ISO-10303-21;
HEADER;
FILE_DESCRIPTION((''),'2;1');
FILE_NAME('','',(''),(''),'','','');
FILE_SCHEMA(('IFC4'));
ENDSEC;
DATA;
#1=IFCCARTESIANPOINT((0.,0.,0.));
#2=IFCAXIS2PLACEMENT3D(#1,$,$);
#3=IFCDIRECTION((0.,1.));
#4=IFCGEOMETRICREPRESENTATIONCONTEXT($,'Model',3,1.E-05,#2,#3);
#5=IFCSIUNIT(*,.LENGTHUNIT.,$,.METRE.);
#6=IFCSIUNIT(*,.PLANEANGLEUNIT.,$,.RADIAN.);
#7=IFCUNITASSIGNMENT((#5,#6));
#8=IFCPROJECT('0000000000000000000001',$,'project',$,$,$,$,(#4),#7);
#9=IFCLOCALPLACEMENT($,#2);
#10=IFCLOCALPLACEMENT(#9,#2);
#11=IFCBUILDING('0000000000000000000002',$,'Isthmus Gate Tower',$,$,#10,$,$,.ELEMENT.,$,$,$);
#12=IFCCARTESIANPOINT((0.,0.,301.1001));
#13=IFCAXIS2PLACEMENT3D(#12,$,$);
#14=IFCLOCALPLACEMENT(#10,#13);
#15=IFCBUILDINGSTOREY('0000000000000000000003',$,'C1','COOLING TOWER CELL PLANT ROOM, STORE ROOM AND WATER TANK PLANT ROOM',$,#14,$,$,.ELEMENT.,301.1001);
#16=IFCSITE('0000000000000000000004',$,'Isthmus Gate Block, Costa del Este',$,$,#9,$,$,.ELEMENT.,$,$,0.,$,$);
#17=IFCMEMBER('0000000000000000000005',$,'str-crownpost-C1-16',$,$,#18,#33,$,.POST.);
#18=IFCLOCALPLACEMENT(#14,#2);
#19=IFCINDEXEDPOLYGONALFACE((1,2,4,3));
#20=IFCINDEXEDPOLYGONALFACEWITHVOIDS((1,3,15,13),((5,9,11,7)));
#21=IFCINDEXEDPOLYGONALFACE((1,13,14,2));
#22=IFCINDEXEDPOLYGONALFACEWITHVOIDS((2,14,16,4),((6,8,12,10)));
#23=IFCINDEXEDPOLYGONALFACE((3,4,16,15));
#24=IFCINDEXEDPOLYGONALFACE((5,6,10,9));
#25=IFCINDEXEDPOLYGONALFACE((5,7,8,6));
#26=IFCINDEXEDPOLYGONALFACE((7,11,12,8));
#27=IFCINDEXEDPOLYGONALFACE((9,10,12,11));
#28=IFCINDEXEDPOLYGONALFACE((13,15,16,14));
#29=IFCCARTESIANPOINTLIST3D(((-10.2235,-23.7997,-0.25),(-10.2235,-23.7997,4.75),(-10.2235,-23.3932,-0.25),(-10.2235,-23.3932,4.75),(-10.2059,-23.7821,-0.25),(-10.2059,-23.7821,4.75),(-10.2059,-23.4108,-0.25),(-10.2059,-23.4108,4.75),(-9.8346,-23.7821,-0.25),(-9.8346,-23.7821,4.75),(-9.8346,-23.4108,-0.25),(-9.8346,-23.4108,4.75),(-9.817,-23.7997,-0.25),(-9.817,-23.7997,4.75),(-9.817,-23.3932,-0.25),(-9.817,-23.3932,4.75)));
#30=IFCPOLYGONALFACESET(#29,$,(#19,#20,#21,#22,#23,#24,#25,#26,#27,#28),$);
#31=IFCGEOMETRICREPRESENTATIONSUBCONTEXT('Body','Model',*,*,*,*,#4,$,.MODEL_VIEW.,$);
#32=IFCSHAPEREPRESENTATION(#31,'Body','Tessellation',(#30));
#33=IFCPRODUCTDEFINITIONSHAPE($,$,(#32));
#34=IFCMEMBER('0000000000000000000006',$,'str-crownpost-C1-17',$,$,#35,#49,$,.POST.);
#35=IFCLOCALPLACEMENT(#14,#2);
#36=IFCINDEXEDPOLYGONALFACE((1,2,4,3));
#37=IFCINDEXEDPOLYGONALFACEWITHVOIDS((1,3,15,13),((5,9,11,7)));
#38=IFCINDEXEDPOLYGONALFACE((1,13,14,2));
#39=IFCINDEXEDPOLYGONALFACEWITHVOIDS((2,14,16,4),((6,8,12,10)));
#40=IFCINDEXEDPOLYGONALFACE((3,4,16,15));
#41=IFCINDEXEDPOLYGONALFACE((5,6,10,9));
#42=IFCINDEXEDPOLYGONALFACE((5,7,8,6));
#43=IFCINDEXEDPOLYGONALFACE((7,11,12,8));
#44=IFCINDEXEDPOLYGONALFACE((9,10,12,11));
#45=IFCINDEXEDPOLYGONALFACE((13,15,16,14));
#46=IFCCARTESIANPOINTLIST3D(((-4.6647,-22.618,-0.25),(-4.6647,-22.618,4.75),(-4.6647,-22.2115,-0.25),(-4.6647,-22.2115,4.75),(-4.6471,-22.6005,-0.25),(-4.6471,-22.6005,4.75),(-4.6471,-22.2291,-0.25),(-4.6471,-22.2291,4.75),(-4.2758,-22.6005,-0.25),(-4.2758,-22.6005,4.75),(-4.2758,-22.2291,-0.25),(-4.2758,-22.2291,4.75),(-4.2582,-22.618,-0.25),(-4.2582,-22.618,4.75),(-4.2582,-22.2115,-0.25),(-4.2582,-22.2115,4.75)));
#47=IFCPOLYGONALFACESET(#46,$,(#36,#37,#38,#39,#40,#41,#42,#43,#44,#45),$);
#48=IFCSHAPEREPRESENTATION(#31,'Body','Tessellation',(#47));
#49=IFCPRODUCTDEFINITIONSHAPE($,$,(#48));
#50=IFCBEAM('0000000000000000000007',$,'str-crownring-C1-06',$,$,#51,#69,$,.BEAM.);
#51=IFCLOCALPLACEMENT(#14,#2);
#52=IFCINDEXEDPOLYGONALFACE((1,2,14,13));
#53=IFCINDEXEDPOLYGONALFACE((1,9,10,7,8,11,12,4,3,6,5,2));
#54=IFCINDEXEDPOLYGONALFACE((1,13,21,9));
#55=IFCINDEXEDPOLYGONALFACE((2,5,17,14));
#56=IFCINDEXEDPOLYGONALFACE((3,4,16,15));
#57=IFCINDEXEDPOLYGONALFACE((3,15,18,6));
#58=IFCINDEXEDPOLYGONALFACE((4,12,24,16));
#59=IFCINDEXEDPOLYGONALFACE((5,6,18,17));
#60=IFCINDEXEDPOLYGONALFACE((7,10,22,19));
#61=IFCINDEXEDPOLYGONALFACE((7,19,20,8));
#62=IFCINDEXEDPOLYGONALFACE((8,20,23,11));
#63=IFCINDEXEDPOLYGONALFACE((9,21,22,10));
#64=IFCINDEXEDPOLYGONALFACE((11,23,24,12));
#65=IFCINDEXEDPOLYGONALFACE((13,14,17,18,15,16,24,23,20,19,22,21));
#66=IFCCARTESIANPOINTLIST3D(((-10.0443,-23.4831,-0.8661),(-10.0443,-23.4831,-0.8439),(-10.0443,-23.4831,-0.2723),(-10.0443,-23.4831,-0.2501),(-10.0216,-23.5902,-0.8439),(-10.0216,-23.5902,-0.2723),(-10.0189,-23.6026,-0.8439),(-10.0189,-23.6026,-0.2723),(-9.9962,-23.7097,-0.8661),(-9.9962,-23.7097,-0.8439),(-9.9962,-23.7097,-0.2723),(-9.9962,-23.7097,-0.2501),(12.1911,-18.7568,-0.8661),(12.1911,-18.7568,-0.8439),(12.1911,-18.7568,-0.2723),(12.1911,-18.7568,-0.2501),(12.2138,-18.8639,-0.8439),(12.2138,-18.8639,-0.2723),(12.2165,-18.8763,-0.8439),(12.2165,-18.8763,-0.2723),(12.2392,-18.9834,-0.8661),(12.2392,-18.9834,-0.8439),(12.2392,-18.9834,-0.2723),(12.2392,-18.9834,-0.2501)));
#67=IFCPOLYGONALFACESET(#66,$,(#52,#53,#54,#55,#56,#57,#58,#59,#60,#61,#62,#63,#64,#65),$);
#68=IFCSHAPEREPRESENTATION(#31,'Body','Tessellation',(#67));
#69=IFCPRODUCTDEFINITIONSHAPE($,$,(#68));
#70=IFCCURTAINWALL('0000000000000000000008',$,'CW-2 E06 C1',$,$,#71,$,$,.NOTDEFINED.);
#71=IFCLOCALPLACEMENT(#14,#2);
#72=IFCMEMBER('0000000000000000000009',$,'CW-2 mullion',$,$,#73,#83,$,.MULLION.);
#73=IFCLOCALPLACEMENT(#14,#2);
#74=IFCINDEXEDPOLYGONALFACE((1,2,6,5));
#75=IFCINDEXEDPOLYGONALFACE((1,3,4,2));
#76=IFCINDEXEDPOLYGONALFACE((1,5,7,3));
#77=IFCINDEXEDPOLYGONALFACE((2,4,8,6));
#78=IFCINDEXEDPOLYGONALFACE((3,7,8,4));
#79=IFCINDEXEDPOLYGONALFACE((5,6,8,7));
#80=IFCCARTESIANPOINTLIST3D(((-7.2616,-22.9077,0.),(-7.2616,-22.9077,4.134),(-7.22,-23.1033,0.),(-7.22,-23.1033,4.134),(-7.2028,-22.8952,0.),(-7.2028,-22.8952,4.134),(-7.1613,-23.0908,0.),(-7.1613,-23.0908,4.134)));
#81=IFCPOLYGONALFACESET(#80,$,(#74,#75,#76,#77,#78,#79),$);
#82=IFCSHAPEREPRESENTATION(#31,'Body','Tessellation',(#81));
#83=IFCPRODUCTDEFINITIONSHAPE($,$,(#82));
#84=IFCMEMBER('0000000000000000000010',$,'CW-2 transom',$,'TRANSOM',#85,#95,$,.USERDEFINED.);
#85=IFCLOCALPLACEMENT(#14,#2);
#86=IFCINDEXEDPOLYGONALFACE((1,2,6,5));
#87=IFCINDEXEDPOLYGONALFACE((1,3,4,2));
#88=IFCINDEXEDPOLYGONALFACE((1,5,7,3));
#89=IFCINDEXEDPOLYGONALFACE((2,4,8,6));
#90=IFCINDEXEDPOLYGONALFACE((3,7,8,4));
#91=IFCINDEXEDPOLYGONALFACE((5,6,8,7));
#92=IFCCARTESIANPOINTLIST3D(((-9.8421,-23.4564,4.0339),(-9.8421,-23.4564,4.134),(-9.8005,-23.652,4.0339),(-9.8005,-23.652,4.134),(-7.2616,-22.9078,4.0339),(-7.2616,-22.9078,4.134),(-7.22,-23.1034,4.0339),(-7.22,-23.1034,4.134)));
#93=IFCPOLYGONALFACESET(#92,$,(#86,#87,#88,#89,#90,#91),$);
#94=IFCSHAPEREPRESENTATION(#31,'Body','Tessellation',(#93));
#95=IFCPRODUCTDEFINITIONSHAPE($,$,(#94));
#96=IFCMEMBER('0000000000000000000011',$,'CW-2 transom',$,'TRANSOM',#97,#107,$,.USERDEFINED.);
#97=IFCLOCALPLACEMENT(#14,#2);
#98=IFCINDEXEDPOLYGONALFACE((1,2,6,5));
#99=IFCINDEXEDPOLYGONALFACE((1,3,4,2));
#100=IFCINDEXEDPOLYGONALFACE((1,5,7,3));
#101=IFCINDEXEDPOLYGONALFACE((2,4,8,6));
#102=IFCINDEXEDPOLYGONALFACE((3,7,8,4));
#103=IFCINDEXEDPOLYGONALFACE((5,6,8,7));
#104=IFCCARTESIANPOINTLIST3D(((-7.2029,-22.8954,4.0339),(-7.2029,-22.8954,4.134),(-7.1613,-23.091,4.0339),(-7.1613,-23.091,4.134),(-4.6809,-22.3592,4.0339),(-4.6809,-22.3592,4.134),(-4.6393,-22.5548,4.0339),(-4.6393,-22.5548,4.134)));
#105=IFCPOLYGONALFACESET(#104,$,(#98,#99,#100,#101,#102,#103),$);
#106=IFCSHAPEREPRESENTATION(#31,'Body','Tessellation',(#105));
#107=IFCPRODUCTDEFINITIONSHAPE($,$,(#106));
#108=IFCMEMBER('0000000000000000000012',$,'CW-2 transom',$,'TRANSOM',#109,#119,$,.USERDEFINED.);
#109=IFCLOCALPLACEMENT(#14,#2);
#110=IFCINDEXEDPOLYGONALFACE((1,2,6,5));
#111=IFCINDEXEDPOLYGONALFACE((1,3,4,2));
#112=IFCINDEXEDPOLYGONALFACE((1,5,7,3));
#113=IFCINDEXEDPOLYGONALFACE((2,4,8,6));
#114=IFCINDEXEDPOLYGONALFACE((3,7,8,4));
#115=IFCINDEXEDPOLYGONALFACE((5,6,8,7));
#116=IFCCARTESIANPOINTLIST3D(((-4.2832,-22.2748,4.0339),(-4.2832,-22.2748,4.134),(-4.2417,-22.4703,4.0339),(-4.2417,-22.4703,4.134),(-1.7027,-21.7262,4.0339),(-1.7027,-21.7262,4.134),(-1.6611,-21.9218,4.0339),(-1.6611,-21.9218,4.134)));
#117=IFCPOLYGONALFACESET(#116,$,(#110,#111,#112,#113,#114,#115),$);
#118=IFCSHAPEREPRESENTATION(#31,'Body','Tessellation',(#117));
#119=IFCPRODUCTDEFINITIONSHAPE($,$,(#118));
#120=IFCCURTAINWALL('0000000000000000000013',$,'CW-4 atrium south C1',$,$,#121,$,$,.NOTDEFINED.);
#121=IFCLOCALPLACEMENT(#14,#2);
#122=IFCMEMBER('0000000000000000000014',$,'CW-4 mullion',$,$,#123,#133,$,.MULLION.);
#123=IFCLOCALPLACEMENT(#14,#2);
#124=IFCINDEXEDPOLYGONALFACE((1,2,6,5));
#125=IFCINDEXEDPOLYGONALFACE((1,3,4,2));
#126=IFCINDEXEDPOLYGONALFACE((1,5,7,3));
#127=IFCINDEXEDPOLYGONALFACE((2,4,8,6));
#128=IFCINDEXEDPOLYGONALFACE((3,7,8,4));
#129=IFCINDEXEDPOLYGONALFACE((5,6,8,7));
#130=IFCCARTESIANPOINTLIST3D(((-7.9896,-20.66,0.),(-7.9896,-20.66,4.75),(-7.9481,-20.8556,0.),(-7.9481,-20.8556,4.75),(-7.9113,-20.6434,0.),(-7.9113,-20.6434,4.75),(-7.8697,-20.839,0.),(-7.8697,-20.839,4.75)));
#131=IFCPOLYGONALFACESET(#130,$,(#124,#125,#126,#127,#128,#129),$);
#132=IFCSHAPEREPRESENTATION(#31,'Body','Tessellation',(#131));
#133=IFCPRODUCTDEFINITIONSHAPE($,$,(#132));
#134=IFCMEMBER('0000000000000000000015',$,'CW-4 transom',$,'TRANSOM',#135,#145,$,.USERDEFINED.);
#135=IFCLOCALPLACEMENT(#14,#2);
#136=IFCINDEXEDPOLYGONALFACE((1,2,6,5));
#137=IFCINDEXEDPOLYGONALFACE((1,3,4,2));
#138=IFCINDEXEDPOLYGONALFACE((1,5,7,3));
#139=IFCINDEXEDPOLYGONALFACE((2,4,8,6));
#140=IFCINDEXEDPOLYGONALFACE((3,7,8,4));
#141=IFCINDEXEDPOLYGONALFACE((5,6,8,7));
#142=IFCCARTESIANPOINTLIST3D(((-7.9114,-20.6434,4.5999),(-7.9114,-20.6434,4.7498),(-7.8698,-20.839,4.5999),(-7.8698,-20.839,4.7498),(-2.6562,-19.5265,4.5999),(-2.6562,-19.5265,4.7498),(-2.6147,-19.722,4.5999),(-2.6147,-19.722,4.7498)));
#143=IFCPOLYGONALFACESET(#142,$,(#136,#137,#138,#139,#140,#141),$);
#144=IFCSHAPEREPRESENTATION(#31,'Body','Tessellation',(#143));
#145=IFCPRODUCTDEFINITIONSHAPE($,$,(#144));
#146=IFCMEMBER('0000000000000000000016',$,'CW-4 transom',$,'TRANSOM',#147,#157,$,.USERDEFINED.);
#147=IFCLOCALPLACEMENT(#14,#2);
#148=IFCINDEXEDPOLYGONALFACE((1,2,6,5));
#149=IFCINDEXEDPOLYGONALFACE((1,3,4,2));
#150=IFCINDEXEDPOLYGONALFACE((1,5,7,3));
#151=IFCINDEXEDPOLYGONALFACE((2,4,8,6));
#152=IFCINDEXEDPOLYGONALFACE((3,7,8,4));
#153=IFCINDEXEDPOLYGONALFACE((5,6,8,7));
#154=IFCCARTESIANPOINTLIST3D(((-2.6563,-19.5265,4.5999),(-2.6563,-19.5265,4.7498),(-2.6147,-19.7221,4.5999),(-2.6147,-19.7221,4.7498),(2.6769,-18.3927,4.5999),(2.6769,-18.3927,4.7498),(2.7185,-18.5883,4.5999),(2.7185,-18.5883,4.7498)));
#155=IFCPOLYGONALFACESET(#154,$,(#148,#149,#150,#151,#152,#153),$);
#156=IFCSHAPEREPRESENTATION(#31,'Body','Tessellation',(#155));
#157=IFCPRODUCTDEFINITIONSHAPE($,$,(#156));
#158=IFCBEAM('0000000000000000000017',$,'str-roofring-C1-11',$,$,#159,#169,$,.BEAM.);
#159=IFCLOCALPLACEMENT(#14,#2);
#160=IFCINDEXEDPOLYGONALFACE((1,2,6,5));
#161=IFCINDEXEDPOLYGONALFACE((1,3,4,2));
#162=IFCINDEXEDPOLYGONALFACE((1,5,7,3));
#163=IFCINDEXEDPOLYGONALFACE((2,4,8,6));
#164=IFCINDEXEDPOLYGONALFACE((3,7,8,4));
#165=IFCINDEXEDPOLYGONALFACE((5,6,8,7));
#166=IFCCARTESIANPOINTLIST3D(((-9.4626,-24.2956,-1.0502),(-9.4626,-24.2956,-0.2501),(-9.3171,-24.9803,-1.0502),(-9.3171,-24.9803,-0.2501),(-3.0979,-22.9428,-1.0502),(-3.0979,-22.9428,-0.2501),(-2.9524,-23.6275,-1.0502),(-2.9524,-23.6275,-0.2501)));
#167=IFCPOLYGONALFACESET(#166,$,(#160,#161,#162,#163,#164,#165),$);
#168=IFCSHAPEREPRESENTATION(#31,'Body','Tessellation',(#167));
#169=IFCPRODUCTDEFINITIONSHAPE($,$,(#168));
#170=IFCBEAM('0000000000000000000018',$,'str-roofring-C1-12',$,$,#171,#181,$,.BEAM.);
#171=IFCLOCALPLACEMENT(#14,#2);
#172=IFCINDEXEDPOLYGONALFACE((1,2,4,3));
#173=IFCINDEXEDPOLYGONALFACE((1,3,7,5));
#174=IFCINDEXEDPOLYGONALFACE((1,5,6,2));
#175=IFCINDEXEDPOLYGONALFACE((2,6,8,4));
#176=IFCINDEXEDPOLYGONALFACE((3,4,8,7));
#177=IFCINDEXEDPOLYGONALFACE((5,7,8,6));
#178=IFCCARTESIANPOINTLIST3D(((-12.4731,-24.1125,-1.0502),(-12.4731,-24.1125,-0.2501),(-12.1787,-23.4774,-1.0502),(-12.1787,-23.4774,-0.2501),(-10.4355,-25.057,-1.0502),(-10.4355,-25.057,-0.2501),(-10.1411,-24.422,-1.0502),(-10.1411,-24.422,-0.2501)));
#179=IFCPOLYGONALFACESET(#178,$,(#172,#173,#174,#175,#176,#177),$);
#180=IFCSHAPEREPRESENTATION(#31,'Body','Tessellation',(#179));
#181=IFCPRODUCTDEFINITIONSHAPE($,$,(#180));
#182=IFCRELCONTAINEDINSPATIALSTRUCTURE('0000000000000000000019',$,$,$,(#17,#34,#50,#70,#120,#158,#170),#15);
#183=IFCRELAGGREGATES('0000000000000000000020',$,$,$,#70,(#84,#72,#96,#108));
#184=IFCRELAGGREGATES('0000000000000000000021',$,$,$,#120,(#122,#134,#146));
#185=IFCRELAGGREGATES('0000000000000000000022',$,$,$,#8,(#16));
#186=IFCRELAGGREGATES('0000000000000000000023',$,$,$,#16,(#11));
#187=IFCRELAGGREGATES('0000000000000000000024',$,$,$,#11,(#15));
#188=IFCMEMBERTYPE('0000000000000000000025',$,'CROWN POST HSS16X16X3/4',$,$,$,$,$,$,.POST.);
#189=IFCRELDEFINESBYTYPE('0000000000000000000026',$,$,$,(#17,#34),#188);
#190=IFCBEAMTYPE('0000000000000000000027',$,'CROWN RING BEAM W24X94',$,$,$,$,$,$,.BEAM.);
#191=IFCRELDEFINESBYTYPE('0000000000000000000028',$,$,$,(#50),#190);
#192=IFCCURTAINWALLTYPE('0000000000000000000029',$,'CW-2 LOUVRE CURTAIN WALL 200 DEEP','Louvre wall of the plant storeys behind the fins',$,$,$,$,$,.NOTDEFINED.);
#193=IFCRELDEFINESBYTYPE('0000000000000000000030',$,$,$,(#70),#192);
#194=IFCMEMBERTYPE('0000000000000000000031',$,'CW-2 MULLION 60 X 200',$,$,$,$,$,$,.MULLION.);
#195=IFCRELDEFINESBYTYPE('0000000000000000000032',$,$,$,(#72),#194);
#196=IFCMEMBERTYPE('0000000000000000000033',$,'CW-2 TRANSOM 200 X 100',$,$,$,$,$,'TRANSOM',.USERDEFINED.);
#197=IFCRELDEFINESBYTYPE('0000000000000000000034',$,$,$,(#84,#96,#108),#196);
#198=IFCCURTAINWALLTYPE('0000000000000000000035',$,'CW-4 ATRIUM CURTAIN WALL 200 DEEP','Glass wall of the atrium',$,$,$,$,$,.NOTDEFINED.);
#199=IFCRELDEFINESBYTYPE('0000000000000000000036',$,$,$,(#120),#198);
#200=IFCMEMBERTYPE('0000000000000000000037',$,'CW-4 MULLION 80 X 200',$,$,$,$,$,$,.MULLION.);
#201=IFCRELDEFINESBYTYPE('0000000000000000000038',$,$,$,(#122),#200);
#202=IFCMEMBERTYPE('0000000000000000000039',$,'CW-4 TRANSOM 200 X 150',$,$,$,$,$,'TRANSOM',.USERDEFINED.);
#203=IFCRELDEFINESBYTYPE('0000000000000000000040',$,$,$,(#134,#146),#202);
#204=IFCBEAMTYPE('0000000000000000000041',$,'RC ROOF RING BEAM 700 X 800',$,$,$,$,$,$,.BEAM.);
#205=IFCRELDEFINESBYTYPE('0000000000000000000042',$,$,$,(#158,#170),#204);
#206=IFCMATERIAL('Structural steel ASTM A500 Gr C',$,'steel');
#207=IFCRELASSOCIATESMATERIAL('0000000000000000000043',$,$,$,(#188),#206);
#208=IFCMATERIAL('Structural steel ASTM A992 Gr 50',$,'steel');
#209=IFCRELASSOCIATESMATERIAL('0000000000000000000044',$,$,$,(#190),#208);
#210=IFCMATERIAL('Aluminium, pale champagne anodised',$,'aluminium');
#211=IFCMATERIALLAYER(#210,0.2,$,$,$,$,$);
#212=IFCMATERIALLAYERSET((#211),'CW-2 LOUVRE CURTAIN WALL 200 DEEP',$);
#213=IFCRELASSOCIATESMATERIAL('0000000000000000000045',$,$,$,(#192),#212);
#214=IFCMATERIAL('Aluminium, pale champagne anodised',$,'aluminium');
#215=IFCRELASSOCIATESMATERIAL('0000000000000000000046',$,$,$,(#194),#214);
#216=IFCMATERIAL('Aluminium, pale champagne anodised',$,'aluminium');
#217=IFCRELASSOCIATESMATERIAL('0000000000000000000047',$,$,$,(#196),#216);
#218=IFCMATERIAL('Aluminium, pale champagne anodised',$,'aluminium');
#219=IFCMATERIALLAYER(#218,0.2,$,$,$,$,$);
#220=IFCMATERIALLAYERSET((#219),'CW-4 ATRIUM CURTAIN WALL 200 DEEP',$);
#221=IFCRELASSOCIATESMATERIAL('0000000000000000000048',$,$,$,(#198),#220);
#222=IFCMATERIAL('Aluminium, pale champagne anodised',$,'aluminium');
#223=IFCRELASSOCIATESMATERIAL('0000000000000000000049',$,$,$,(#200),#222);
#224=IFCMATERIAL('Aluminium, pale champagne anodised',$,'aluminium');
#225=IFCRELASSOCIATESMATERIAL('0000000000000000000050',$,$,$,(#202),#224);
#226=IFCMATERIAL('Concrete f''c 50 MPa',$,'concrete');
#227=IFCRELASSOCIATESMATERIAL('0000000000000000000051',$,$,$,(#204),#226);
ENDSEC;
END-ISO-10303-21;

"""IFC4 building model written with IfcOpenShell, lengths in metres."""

from ifc_helpers import new_model, si_unit, direction, frame, origin, origin_2d, place, context, subcontext, project, spatial, rectangle, hollow_rectangle, i_section, extrude, material, layer, layer_set, material_profile, profile_set, type_object, element, aggregate, save


model = new_model("IFC4")

# Units and contexts
model_context = context("Model", 3, precision=1e-05, world=origin(), true_north=direction((0.0, 1.0)))
body_context = subcontext(model_context, "Body", "Model", "MODEL_VIEW")
ifc_project = project(units=[si_unit("LENGTHUNIT", "METRE"), si_unit("PLANEANGLEUNIT", "RADIAN")], contexts=[model_context])

# Site, building, storey
site_placement = place(None, origin())
site = spatial("IfcSite", under=ifc_project, at=site_placement, Name="Isthmus Gate Block, Costa del Este", CompositionType="ELEMENT", RefElevation=0.0)
building_placement = place(site_placement, origin())
building = spatial("IfcBuilding", under=site, at=building_placement, Name="Isthmus Gate Tower", CompositionType="ELEMENT")
storey_placement = place(building_placement, frame((0.0, 0.0, 301.1001)))
storey = spatial("IfcBuildingStorey", under=building, at=storey_placement, Name="C1", Description="COOLING TOWER CELL PLANT ROOM, STORE ROOM AND WATER TANK PLANT ROOM", CompositionType="ELEMENT", Elevation=301.1001)

# Members
ifc_material_1 = material(Name="Structural steel ASTM A500 Gr C", Category="steel")
ifc_material_profile_1 = material_profile(ifc_material_1, hollow_rectangle(XDim=0.4065, YDim=0.4065, WallThickness=0.0176, at=origin_2d()), Name="HSS16X16X3/4")
ifc_profile_set_1 = profile_set([ifc_material_profile_1], Name="Structural steel ASTM A500 Gr C")
member_type_1 = type_object("IfcMemberType", Name="CROWN POST HSS16X16X3/4", PredefinedType="POST", material=ifc_profile_set_1)
for number, where, z_axis, x_axis, name in (
    (1, (-10.0203, -23.5964, -0.25), (0.0, 0.0, 1.0), (1.0, 0.0, 0.0), "str-crownpost-C1-16"),
    (2, (-4.4614, -22.4148, -0.25), (0.0, 0.0, 1.0), (1.0, 0.0, 0.0), "str-crownpost-C1-17"),
):
    element("IfcMember", number, at=place(storey_placement, frame(where, z_axis=z_axis, x_axis=x_axis)), inside=storey, type_object=member_type_1, Name=name, PredefinedType="POST", context=body_context, shape_type="SweptSolid", body=[
        extrude(hollow_rectangle(XDim=0.4065, YDim=0.4065, WallThickness=0.0176, at=origin_2d()), origin(), (0.0, 0.0, 1.0), 5.0),
    ])

# Beam
ifc_material_2 = material(Name="Structural steel ASTM A992 Gr 50", Category="steel")
ifc_material_profile_2 = material_profile(ifc_material_2, i_section(OverallWidth=0.2317, OverallDepth=0.616, WebThickness=0.0127, FlangeThickness=0.0222, at=origin_2d()), Name="W24X94")
ifc_profile_set_2 = profile_set([ifc_material_profile_2], Name="Structural steel ASTM A992 Gr 50")
beam_type_1 = type_object("IfcBeamType", Name="CROWN RING BEAM W24X94", PredefinedType="BEAM", material=ifc_profile_set_2)
beam_1_placement = place(storey_placement, frame((-10.0203, -23.5964, -0.5581), z_axis=(0.978147, 0.207914, 0.0), x_axis=(-0.207914, 0.978147, 0.0)))
element("IfcBeam", 3, at=beam_1_placement, inside=storey, type_object=beam_type_1, Name="str-crownring-C1-06", PredefinedType="BEAM", context=body_context, shape_type="SweptSolid", body=[
    extrude(i_section(OverallWidth=0.2317, OverallDepth=0.616, WebThickness=0.0127, FlangeThickness=0.0222, at=origin_2d()), origin(), (0.0, 0.0, 1.0), 22.7322),
])

# Curtain walls, members
ifc_material_3 = material(Name="Aluminium, pale champagne anodised", Category="aluminium")
ifc_layer_1 = layer(ifc_material_3, 0.2)
ifc_layer_set_1 = layer_set([ifc_layer_1], Name="CW-2 LOUVRE CURTAIN WALL 200 DEEP")
curtain_wall_type_1 = type_object("IfcCurtainWallType", Name="CW-2 LOUVRE CURTAIN WALL 200 DEEP", Description="Louvre wall of the plant storeys behind the fins", PredefinedType="NOTDEFINED", material=ifc_layer_set_1)
curtain_wall_1_placement = place(storey_placement, origin())
curtain_wall_1 = element("IfcCurtainWall", 4, at=curtain_wall_1_placement, inside=storey, type_object=curtain_wall_type_1, Name="CW-2 E06 C1", PredefinedType="NOTDEFINED")
ifc_material_4 = material(Name="Aluminium, pale champagne anodised", Category="aluminium")
ifc_material_profile_3 = material_profile(ifc_material_4, rectangle(XDim=0.0601, YDim=0.2, at=origin_2d()), Name="60x200")
ifc_profile_set_3 = profile_set([ifc_material_profile_3], Name="Aluminium, pale champagne anodised")
member_type_2 = type_object("IfcMemberType", Name="CW-2 MULLION 60 X 200", PredefinedType="MULLION", material=ifc_profile_set_3)
member_1_placement = place(storey_placement, frame((-7.2114, -22.9993, 0.0), z_axis=(0.0, 0.0, 1.0), x_axis=(0.978148, 0.207912, 0.0)))
member_1 = element("IfcMember", 5, at=member_1_placement, type_object=member_type_2, Name="CW-2 mullion", PredefinedType="MULLION", context=body_context, shape_type="SweptSolid", body=[
    extrude(rectangle(XDim=0.0601, YDim=0.2, at=origin_2d()), origin(), (0.0, 0.0, 1.0), 4.134),
])
ifc_material_5 = material(Name="Aluminium, pale champagne anodised", Category="aluminium")
ifc_material_profile_4 = material_profile(ifc_material_5, rectangle(XDim=0.2, YDim=0.1001, at=origin_2d()), Name="200x100")
ifc_profile_set_4 = profile_set([ifc_material_profile_4], Name="Aluminium, pale champagne anodised")
member_type_3 = type_object("IfcMemberType", Name="CW-2 TRANSOM 200 X 100", ElementType="TRANSOM", PredefinedType="USERDEFINED", material=ifc_profile_set_4)
member_2_placement = place(storey_placement, frame((-9.8213, -23.5542, 4.084), z_axis=(0.978142, 0.207936, 0.0), x_axis=(-0.207936, 0.978142, 0.0)))
member_2 = element("IfcMember", 6, at=member_2_placement, type_object=member_type_3, Name="CW-2 transom", ObjectType="TRANSOM", PredefinedType="USERDEFINED", context=body_context, shape_type="SweptSolid", body=[
    extrude(rectangle(XDim=0.2, YDim=0.1001, at=origin_2d()), origin(), (0.0, 0.0, 1.0), 2.6382),
])
member_3_placement = place(storey_placement, frame((-7.1821, -22.9932, 4.084), z_axis=(0.978142, 0.207938, 0.0), x_axis=(-0.207938, 0.978142, 0.0)))
member_3 = element("IfcMember", 7, at=member_3_placement, type_object=member_type_3, Name="CW-2 transom", ObjectType="TRANSOM", PredefinedType="USERDEFINED", context=body_context, shape_type="SweptSolid", body=[
    extrude(rectangle(XDim=0.2, YDim=0.1001, at=origin_2d()), origin(), (0.0, 0.0, 1.0), 2.5784),
])
member_4_placement = place(storey_placement, frame((-4.2625, -22.3726, 4.084), z_axis=(0.978142, 0.207936, 0.0), x_axis=(-0.207936, 0.978142, 0.0)))
member_4 = element("IfcMember", 8, at=member_4_placement, type_object=member_type_3, Name="CW-2 transom", ObjectType="TRANSOM", PredefinedType="USERDEFINED", context=body_context, shape_type="SweptSolid", body=[
    extrude(rectangle(XDim=0.2, YDim=0.1001, at=origin_2d()), origin(), (0.0, 0.0, 1.0), 2.6382),
])
ifc_material_6 = material(Name="Aluminium, pale champagne anodised", Category="aluminium")
ifc_layer_2 = layer(ifc_material_6, 0.2)
ifc_layer_set_2 = layer_set([ifc_layer_2], Name="CW-4 ATRIUM CURTAIN WALL 200 DEEP")
curtain_wall_type_2 = type_object("IfcCurtainWallType", Name="CW-4 ATRIUM CURTAIN WALL 200 DEEP", Description="Glass wall of the atrium", PredefinedType="NOTDEFINED", material=ifc_layer_set_2)
curtain_wall_2_placement = place(storey_placement, origin())
curtain_wall_2 = element("IfcCurtainWall", 9, at=curtain_wall_2_placement, inside=storey, type_object=curtain_wall_type_2, Name="CW-4 atrium south C1", PredefinedType="NOTDEFINED")
ifc_material_7 = material(Name="Aluminium, pale champagne anodised", Category="aluminium")
ifc_material_profile_5 = material_profile(ifc_material_7, rectangle(XDim=0.0801, YDim=0.2, at=origin_2d()), Name="80x200")
ifc_profile_set_5 = profile_set([ifc_material_profile_5], Name="Aluminium, pale champagne anodised")
member_type_4 = type_object("IfcMemberType", Name="CW-4 MULLION 80 X 200", PredefinedType="MULLION", material=ifc_profile_set_5)
member_5_placement = place(storey_placement, frame((-7.9297, -20.7495, 0.0), z_axis=(0.0, 0.0, 1.0), x_axis=(0.978148, 0.207912, 0.0)))
member_5 = element("IfcMember", 10, at=member_5_placement, type_object=member_type_4, Name="CW-4 mullion", PredefinedType="MULLION", context=body_context, shape_type="SweptSolid", body=[
    extrude(rectangle(XDim=0.0801, YDim=0.2, at=origin_2d()), origin(), (0.0, 0.0, 1.0), 4.75),
])
ifc_material_8 = material(Name="Aluminium, pale champagne anodised", Category="aluminium")
ifc_material_profile_6 = material_profile(ifc_material_8, rectangle(XDim=0.2, YDim=0.1499, at=origin_2d()), Name="200x150")
ifc_profile_set_6 = profile_set([ifc_material_profile_6], Name="Aluminium, pale champagne anodised")
member_type_5 = type_object("IfcMemberType", Name="CW-4 TRANSOM 200 X 150", ElementType="TRANSOM", PredefinedType="USERDEFINED", material=ifc_profile_set_6)
member_6_placement = place(storey_placement, frame((-7.8906, -20.7412, 4.6748), z_axis=(0.97815, 0.2079, 0.0), x_axis=(-0.2079, 0.97815, 0.0)))
member_6 = element("IfcMember", 11, at=member_6_placement, type_object=member_type_5, Name="CW-4 transom", ObjectType="TRANSOM", PredefinedType="USERDEFINED", context=body_context, shape_type="SweptSolid", body=[
    extrude(rectangle(XDim=0.2, YDim=0.1499, at=origin_2d()), origin(), (0.0, 0.0, 1.0), 5.3726),
])
member_7_placement = place(storey_placement, frame((-2.6355, -19.6243, 4.6748), z_axis=(0.978141, 0.207942, 0.0), x_axis=(-0.207942, 0.978141, 0.0)))
member_7 = element("IfcMember", 12, at=member_7_placement, type_object=member_type_5, Name="CW-4 transom", ObjectType="TRANSOM", PredefinedType="USERDEFINED", context=body_context, shape_type="SweptSolid", body=[
    extrude(rectangle(XDim=0.2, YDim=0.1499, at=origin_2d()), origin(), (0.0, 0.0, 1.0), 5.4524),
])

# Beams
ifc_material_9 = material(Name="Concrete f'c 50 MPa", Category="concrete")
ifc_material_profile_7 = material_profile(ifc_material_9, rectangle(XDim=0.7, YDim=0.8, at=origin_2d()), Name="RC 700X800")
ifc_profile_set_7 = profile_set([ifc_material_profile_7], Name="Concrete f'c 50 MPa")
beam_type_2 = type_object("IfcBeamType", Name="RC ROOF RING BEAM 700 X 800", PredefinedType="BEAM", material=ifc_profile_set_7)
beam_2_placement = place(storey_placement, frame((-3.0251, -23.2852, -0.6501), z_axis=(-0.97815, -0.207899, 0.0), x_axis=(0.207899, -0.97815, 0.0)))
element("IfcBeam", 13, at=beam_2_placement, inside=storey, type_object=beam_type_2, Name="str-roofring-C1-11", PredefinedType="BEAM", context=body_context, shape_type="SweptSolid", body=[
    extrude(rectangle(XDim=0.7, YDim=0.8, at=origin_2d()), origin(), (0.0, 0.0, 1.0), 6.5068),
])
beam_3_placement = place(storey_placement, frame((-10.2883, -24.7395, -0.6501), z_axis=(-0.907255, 0.420581, 0.0), x_axis=(-0.420581, -0.907255, 0.0)))
element("IfcBeam", 14, at=beam_3_placement, inside=storey, type_object=beam_type_2, Name="str-roofring-C1-12", PredefinedType="BEAM", context=body_context, shape_type="SweptSolid", body=[
    extrude(rectangle(XDim=0.7, YDim=0.8, at=origin_2d()), origin(), (0.0, 0.0, 1.0), 2.2458),
])

aggregate(curtain_wall_1, [member_2, member_1, member_3, member_4])
aggregate(curtain_wall_2, [member_5, member_6, member_7])

save(model, "model.ifc")
